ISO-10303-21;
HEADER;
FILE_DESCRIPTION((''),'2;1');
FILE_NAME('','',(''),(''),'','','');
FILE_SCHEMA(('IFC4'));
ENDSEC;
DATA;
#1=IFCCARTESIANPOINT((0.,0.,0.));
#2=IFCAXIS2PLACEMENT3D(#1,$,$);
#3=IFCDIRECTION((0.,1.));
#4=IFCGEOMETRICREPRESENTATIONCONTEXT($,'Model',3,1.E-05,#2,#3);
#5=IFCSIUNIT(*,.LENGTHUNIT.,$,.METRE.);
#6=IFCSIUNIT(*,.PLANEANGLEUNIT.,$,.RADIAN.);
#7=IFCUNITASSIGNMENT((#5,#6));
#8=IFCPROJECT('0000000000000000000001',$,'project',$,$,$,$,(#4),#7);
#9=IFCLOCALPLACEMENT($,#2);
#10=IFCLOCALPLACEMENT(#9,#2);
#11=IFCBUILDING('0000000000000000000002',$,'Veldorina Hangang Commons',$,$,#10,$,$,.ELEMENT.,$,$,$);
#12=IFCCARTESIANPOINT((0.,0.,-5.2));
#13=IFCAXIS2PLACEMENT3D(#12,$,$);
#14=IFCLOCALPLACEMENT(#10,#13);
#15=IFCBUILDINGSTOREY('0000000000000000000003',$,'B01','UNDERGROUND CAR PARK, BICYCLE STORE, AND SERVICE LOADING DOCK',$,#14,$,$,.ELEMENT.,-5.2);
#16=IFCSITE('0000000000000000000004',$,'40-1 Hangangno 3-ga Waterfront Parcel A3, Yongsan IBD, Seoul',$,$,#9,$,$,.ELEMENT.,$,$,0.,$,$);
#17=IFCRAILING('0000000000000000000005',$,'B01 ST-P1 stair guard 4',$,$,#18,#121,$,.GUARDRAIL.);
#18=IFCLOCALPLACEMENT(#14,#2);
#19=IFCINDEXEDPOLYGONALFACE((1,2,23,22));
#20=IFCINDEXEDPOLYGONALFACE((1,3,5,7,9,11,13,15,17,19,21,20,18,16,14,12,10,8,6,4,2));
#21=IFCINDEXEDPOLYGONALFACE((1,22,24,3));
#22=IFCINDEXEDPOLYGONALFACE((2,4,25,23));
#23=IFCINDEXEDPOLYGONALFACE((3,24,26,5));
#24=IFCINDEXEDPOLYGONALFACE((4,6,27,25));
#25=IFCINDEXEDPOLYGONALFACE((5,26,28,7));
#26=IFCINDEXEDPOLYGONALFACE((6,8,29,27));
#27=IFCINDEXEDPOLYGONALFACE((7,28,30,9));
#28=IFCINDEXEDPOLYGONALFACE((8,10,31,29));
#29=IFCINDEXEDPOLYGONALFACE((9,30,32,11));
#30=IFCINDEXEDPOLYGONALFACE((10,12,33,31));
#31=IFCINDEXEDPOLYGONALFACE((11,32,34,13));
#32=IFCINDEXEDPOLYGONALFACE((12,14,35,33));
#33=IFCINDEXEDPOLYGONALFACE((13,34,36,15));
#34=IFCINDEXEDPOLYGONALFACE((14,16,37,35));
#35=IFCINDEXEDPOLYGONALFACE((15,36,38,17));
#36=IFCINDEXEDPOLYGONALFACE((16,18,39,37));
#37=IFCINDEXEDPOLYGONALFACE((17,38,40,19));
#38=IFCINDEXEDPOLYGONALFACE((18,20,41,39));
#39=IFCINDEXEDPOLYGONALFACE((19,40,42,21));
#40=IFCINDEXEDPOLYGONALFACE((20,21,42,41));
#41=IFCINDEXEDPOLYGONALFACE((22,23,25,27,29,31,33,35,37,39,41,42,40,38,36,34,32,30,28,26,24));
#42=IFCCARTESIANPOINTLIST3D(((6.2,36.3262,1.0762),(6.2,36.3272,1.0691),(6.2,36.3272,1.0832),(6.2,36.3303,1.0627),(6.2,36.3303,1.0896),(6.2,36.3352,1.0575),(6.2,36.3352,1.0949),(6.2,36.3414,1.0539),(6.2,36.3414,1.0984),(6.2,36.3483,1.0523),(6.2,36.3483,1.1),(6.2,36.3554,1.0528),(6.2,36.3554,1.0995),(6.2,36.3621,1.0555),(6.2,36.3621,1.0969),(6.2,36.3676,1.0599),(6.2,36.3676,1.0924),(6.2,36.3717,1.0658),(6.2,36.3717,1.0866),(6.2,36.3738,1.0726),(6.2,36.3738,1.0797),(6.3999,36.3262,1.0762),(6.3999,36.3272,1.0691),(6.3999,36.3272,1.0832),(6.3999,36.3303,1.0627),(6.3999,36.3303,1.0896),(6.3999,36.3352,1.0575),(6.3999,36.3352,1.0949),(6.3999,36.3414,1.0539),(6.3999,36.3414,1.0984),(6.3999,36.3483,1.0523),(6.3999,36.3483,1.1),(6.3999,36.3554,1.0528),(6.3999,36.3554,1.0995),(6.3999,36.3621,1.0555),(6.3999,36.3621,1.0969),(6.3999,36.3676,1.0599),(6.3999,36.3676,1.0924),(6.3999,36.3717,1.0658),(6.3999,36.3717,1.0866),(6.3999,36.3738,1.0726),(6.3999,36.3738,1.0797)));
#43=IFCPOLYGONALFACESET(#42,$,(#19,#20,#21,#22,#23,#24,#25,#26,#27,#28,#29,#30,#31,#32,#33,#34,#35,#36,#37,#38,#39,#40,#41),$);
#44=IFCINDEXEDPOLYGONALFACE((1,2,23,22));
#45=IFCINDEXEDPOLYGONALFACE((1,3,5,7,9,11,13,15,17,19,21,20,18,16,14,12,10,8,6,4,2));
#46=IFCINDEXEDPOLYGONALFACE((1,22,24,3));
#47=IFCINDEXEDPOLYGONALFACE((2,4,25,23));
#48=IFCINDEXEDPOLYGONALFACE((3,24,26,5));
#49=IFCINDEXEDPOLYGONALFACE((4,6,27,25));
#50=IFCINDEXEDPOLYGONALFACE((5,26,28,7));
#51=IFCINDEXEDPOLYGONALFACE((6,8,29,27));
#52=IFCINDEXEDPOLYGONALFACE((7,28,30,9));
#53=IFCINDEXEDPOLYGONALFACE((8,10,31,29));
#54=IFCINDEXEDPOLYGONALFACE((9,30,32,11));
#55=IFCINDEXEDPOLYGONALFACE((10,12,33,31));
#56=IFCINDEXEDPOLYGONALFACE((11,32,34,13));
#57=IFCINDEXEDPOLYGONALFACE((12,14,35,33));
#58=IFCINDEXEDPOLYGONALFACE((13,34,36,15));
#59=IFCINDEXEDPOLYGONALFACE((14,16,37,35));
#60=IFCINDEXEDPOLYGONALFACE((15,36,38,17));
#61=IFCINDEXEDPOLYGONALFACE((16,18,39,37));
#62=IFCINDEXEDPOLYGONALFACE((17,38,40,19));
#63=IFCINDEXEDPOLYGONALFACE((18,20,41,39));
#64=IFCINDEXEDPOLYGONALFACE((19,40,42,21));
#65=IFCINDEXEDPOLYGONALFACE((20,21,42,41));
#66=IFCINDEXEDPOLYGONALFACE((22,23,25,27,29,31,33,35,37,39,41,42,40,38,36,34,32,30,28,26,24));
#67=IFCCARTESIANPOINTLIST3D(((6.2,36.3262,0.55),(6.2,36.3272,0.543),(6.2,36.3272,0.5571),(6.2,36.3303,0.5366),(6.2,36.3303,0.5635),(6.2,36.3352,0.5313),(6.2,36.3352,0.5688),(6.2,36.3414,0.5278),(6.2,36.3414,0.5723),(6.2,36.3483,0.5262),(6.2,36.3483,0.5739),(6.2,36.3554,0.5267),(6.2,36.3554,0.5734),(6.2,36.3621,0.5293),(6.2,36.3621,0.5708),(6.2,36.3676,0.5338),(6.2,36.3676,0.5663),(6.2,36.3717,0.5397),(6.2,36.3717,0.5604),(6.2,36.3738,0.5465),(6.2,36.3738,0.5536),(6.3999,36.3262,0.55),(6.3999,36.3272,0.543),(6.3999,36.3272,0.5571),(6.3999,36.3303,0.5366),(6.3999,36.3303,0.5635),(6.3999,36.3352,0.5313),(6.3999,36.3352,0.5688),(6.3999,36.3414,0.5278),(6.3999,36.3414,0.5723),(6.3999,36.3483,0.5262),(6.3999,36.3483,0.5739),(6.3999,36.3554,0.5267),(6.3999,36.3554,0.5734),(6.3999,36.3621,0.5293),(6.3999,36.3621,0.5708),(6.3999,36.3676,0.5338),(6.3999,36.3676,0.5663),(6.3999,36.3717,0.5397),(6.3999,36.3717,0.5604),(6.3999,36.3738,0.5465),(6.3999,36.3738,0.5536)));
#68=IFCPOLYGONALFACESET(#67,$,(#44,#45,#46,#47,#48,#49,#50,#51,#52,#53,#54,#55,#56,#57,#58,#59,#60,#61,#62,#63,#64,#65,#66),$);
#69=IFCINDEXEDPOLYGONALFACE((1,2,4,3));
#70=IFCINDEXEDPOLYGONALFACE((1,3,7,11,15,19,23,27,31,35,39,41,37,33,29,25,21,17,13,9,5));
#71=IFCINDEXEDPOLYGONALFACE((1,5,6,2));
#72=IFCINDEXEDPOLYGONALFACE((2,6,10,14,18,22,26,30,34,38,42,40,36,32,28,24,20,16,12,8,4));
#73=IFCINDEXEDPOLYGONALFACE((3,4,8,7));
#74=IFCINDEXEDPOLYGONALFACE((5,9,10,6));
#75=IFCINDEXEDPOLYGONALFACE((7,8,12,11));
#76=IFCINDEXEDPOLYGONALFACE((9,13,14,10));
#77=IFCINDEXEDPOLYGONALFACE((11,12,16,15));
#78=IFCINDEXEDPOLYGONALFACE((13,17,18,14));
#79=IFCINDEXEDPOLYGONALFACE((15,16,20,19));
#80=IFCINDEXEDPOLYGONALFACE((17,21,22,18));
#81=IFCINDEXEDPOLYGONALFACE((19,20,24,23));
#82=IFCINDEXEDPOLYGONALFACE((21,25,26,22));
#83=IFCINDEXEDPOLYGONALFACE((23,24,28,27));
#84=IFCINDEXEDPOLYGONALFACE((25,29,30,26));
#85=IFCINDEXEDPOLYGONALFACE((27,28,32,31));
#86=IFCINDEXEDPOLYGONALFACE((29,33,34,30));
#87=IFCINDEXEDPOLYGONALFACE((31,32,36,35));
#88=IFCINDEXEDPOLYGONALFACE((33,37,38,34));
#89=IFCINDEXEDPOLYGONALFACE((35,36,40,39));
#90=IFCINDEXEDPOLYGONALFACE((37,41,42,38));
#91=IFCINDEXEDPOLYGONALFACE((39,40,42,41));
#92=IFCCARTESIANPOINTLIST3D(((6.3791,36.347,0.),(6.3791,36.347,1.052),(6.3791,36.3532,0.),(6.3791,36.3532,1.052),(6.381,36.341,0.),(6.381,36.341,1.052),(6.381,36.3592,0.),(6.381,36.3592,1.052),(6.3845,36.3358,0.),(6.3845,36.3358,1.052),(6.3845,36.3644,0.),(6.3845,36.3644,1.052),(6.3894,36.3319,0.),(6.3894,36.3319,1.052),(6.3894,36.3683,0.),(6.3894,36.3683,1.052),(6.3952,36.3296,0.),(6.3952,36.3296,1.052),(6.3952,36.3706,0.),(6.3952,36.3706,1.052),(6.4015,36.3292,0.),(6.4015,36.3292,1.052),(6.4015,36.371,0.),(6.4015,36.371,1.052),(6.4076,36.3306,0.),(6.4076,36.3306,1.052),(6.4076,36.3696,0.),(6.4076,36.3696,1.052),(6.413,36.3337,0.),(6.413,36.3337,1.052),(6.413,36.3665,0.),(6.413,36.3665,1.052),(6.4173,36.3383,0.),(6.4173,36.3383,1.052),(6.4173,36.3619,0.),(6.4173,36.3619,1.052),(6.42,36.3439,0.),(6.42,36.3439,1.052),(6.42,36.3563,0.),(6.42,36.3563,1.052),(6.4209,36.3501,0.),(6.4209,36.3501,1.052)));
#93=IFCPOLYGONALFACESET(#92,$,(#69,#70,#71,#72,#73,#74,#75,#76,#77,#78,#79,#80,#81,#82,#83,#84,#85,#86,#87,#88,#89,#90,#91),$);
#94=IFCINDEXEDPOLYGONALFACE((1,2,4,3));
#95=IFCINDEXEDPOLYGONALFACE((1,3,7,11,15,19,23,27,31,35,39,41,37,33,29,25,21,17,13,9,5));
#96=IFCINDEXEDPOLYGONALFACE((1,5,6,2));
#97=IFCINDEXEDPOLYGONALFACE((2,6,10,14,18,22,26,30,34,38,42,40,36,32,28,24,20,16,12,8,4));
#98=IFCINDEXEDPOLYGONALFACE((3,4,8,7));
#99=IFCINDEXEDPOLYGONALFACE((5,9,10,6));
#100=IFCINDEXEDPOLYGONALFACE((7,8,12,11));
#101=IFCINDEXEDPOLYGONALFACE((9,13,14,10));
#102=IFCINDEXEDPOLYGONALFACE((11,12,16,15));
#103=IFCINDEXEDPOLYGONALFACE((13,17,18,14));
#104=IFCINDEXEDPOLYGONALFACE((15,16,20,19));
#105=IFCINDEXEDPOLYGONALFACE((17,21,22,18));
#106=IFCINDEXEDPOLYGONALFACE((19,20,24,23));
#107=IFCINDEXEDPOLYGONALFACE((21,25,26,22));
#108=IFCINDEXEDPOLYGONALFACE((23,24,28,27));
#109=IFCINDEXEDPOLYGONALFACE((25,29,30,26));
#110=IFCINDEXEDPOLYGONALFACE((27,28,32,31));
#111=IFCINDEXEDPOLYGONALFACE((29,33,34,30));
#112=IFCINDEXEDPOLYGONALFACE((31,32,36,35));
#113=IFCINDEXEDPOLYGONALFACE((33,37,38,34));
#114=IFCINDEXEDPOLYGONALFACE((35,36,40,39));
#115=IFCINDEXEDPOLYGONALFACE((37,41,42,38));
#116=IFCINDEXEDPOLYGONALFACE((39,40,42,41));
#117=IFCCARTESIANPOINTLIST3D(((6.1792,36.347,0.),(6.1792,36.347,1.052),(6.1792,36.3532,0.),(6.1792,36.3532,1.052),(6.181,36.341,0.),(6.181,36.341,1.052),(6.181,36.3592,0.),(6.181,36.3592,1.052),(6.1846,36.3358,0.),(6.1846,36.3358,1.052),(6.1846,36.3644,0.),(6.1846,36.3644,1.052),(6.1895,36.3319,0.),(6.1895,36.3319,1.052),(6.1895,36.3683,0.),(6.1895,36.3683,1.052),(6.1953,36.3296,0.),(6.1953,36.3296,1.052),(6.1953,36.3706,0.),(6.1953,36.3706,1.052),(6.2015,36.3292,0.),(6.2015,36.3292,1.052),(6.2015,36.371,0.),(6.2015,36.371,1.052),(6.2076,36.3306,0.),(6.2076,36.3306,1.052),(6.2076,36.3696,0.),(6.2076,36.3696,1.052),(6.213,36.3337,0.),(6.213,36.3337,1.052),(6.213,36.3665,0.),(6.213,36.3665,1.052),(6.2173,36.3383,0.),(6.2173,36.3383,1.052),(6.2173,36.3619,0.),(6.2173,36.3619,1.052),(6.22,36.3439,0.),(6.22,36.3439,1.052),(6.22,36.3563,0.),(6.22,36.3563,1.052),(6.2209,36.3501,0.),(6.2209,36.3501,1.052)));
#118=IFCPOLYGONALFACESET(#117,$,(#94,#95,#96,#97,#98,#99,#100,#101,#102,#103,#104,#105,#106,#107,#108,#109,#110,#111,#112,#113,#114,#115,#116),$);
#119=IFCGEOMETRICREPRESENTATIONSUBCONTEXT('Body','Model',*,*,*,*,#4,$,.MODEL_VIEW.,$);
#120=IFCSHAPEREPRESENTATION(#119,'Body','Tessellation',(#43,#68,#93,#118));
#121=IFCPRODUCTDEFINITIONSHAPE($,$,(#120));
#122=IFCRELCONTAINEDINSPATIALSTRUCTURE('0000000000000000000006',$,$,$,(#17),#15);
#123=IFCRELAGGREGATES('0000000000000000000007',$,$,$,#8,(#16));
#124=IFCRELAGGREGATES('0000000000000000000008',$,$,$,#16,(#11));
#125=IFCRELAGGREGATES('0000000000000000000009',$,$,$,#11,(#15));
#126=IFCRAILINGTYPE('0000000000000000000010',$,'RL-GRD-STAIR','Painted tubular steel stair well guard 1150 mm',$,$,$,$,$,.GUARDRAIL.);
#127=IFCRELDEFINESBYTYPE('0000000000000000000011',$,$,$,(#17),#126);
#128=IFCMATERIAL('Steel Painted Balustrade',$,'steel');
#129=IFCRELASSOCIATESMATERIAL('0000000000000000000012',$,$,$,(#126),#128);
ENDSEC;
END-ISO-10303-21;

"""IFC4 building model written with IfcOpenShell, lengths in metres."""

from ifc_helpers import new_model, si_unit, direction, frame, origin, origin_2d, place, context, subcontext, project, spatial, circle, extrude, material, type_object, element, save


model = new_model("IFC4")

# Units and contexts
model_context = context("Model", 3, precision=1e-05, world=origin(), true_north=direction((0.0, 1.0)))
body_context = subcontext(model_context, "Body", "Model", "MODEL_VIEW")
ifc_project = project(units=[si_unit("LENGTHUNIT", "METRE"), si_unit("PLANEANGLEUNIT", "RADIAN")], contexts=[model_context])

# Site, building, storey
site_placement = place(None, origin())
site = spatial("IfcSite", under=ifc_project, at=site_placement, Name="40-1 Hangangno 3-ga Waterfront Parcel A3, Yongsan IBD, Seoul", CompositionType="ELEMENT", RefElevation=0.0)
building_placement = place(site_placement, origin())
building = spatial("IfcBuilding", under=site, at=building_placement, Name="Veldorina Hangang Commons", CompositionType="ELEMENT")
storey_placement = place(building_placement, frame((0.0, 0.0, -5.2)))
storey = spatial("IfcBuildingStorey", under=building, at=storey_placement, Name="B01", Description="UNDERGROUND CAR PARK, BICYCLE STORE, AND SERVICE LOADING DOCK", CompositionType="ELEMENT", Elevation=-5.2)

# Railing
ifc_material_1 = material(Name="Steel Painted Balustrade", Category="steel")
railing_type_1 = type_object("IfcRailingType", Name="RL-GRD-STAIR", Description="Painted tubular steel stair well guard 1150 mm", PredefinedType="GUARDRAIL", material=ifc_material_1)
railing_1_placement = place(storey_placement, frame((6.3999, 36.3501, 0.0)))
element("IfcRailing", 1, at=railing_1_placement, inside=storey, type_object=railing_type_1, Name="B01 ST-P1 stair guard 4", PredefinedType="GUARDRAIL", context=body_context, shape_type="SweptSolid", body=[
    extrude(circle(Radius=0.0239, at=origin_2d()), frame((0.0, 0.0, 1.0762), z_axis=(-1.0, 0.0, 0.0), x_axis=(0.0, -1.0, 0.0)), (0.0, 0.0, 1.0), 0.2),
    extrude(circle(Radius=0.0239, at=origin_2d()), frame((0.0, 0.0, 0.55), z_axis=(-1.0, 0.0, 0.0), x_axis=(0.0, -1.0, 0.0)), (0.0, 0.0, 1.0), 0.2),
    extrude(circle(Radius=0.021, at=origin_2d()), origin(), (0.0, 0.0, 1.0), 1.052),
    extrude(circle(Radius=0.021, at=origin_2d()), frame((-0.2, 0.0, 0.0)), (0.0, 0.0, 1.0), 1.052),
])

save(model, "model.ifc")
